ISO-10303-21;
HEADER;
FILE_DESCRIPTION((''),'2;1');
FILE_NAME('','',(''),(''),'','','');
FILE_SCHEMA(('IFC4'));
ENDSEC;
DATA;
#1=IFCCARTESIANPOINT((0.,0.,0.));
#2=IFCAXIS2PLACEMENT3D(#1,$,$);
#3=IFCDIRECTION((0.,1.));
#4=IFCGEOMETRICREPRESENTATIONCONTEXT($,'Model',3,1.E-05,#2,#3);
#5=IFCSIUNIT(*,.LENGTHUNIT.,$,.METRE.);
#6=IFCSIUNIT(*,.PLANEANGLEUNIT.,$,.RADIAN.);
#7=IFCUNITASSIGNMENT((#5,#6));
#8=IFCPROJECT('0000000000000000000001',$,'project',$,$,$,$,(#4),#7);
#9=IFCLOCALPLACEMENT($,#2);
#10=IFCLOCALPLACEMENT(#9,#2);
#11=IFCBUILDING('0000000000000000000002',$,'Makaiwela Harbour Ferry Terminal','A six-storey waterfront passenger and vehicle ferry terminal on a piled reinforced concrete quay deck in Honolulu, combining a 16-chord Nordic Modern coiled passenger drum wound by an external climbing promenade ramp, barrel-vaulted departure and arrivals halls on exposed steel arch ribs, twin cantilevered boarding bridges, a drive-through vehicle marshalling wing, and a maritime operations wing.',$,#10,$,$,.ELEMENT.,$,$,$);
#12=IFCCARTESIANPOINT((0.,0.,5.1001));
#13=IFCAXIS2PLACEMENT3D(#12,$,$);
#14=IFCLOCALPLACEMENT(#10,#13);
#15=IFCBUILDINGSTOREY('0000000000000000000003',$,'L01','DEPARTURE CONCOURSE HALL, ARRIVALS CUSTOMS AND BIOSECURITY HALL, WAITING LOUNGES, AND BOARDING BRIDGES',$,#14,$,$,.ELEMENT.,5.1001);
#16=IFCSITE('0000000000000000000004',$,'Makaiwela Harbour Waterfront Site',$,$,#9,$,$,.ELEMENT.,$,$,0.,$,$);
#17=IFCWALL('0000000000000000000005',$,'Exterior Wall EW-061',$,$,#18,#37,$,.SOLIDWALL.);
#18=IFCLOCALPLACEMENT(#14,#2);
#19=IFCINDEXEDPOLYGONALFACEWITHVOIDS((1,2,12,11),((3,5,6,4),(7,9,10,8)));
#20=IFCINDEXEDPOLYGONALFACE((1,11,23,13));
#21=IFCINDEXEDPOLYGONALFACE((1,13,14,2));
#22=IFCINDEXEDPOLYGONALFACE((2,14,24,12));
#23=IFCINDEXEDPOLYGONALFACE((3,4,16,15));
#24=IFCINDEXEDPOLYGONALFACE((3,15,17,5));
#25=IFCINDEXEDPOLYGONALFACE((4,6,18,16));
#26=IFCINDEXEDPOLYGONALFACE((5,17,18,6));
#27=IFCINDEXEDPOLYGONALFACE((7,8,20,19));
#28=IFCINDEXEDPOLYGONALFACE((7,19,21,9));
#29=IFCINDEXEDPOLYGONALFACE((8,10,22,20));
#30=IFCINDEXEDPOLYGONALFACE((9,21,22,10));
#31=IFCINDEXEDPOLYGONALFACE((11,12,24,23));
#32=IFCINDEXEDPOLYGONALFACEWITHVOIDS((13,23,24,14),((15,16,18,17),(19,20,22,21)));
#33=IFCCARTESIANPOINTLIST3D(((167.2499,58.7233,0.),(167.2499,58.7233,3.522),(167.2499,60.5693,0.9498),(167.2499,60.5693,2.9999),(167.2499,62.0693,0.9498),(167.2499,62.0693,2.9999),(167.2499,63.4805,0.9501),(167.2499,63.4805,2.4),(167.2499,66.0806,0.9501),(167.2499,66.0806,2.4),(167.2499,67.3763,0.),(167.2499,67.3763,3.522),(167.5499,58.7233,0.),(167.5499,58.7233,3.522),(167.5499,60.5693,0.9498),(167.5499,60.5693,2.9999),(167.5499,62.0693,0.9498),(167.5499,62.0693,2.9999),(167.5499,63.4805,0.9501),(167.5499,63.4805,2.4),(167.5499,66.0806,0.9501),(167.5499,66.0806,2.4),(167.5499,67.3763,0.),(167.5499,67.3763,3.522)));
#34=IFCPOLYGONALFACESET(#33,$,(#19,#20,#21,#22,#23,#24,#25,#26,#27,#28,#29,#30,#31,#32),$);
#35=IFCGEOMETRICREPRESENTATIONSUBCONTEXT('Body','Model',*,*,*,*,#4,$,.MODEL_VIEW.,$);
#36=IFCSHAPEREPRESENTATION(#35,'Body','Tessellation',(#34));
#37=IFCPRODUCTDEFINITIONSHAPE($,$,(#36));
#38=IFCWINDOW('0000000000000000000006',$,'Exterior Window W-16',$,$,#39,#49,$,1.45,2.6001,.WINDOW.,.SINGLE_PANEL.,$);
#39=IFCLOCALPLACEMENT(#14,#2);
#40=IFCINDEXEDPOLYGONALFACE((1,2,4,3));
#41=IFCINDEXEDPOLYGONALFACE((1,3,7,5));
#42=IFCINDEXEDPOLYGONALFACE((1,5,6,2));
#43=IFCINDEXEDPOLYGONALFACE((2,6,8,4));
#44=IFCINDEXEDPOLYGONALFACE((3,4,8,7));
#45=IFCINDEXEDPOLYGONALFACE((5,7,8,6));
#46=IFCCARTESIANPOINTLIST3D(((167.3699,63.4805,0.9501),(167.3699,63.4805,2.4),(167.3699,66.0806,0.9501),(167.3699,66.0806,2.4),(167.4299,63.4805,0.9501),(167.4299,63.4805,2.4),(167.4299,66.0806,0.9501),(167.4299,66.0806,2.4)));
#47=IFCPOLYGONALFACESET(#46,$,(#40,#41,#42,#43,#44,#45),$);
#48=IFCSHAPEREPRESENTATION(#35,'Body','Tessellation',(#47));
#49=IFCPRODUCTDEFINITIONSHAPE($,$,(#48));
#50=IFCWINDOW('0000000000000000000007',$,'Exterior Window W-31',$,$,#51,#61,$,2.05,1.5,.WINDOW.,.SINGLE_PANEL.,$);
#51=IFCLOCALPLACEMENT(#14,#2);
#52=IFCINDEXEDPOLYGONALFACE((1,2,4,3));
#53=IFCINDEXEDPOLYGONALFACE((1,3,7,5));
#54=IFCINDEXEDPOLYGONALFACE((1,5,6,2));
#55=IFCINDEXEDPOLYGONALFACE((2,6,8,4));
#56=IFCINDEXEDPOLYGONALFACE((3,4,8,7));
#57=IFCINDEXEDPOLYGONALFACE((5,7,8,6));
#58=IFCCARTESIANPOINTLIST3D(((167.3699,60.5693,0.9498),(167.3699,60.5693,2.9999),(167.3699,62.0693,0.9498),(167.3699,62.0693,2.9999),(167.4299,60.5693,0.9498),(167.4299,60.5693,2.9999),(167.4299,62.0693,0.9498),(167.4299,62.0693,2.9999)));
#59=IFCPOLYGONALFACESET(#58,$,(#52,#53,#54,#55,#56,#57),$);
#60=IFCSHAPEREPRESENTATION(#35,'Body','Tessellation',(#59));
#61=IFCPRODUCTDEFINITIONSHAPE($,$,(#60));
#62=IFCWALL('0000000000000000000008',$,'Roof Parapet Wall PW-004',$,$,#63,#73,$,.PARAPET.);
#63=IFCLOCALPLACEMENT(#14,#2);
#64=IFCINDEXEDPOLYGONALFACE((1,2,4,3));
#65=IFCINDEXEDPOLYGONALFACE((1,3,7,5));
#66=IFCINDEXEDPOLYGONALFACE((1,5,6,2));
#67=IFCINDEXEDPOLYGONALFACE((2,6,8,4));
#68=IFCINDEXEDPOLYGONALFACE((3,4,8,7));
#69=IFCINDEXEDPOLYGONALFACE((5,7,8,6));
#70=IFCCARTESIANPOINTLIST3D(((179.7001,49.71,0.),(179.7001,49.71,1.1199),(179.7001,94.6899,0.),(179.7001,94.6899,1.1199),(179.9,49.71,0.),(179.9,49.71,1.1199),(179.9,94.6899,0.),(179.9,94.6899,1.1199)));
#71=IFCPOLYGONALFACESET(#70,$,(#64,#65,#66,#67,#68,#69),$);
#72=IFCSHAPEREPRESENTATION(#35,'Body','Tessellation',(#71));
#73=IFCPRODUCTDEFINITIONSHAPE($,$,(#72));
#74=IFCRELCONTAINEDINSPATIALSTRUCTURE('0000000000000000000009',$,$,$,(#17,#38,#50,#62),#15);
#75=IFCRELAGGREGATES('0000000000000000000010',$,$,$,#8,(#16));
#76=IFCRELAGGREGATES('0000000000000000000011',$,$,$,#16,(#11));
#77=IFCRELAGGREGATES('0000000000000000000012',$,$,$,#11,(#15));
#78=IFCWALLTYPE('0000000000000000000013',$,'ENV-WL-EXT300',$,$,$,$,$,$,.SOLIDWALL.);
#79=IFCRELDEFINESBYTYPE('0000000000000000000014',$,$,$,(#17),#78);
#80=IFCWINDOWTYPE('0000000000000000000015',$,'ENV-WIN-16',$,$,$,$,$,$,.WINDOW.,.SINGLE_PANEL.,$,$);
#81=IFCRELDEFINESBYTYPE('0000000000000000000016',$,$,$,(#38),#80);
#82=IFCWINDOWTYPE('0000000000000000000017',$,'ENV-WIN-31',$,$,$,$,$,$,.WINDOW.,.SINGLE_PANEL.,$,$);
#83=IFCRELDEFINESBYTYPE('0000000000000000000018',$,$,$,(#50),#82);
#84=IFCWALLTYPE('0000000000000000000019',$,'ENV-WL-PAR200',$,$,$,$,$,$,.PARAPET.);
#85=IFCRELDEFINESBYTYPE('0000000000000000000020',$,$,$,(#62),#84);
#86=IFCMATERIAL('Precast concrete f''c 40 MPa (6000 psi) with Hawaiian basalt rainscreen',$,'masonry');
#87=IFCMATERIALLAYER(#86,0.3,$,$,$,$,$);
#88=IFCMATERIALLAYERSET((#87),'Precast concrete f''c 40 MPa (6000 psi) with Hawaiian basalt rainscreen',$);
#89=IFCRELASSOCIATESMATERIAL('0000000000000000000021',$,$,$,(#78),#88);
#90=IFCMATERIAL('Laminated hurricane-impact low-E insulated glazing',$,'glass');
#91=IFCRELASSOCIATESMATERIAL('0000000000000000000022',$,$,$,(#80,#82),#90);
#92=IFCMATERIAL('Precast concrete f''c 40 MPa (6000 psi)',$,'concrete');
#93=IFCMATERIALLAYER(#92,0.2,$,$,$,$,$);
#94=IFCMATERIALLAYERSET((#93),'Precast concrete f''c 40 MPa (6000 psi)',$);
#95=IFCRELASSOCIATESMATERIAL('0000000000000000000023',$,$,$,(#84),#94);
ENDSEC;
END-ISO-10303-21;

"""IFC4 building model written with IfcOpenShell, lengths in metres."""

from ifc_helpers import new_model, si_unit, direction, frame, frame_2d, origin, place, context, subcontext, project, spatial, rectangle, extrude, material, layer, layer_set, type_object, element, fill, save


model = new_model("IFC4")

# Units and contexts
model_context = context("Model", 3, precision=1e-05, world=origin(), true_north=direction((0.0, 1.0)))
body_context = subcontext(model_context, "Body", "Model", "MODEL_VIEW")
ifc_project = project(units=[si_unit("LENGTHUNIT", "METRE"), si_unit("PLANEANGLEUNIT", "RADIAN")], contexts=[model_context])

# Site, building, storey
site_placement = place(None, origin())
site = spatial("IfcSite", under=ifc_project, at=site_placement, Name="Makaiwela Harbour Waterfront Site", CompositionType="ELEMENT", RefElevation=0.0)
building_placement = place(site_placement, origin())
building = spatial("IfcBuilding", under=site, at=building_placement, Name="Makaiwela Harbour Ferry Terminal", Description="A six-storey waterfront passenger and vehicle ferry terminal on a piled reinforced concrete quay deck in Honolulu, combining a 16-chord Nordic Modern coiled passenger drum wound by an external climbing promenade ramp, barrel-vaulted departure and arrivals halls on exposed steel arch ribs, twin cantilevered boarding bridges, a drive-through vehicle marshalling wing, and a maritime operations wing.", CompositionType="ELEMENT")
storey_placement = place(building_placement, frame((0.0, 0.0, 5.1001)))
storey = spatial("IfcBuildingStorey", under=building, at=storey_placement, Name="L01", Description="DEPARTURE CONCOURSE HALL, ARRIVALS CUSTOMS AND BIOSECURITY HALL, WAITING LOUNGES, AND BOARDING BRIDGES", CompositionType="ELEMENT", Elevation=5.1001)

# Wall, openings, windows
ifc_material_1 = material(Name="Precast concrete f'c 40 MPa (6000 psi) with Hawaiian basalt rainscreen", Category="masonry")
ifc_layer_1 = layer(ifc_material_1, 0.3)
ifc_layer_set_1 = layer_set([ifc_layer_1], Name="Precast concrete f'c 40 MPa (6000 psi) with Hawaiian basalt rainscreen")
wall_type_1 = type_object("IfcWallType", Name="ENV-WL-EXT300", PredefinedType="SOLIDWALL", material=ifc_layer_set_1)
ifc_material_2 = material(Name="Laminated hurricane-impact low-E insulated glazing", Category="glass")
wall_1_placement = place(storey_placement, frame((167.3999, 67.3765, 0.0), z_axis=(0.0, 0.0, 1.0), x_axis=(0.0, -1.0, 0.0)))
wall_1 = element("IfcWall", 1, at=wall_1_placement, inside=storey, type_object=wall_type_1, Name="Exterior Wall EW-061", PredefinedType="SOLIDWALL", context=body_context, shape_type="SweptSolid", body=[
    extrude(rectangle(XDim=8.6531, YDim=0.3, at=frame_2d((4.3267, 0.0))), origin(), (0.0, 0.0, 1.0), 3.522),
])
opening_1_placement = place(wall_1_placement, frame((1.2959, 0.0, 0.95)))
opening_1 = element("IfcOpeningElement", 2, at=opening_1_placement, cuts=wall_1, PredefinedType="OPENING", context=body_context, shape_type="SweptSolid", body=[
    extrude(rectangle(XDim=2.6001, YDim=1.45, at=frame_2d((1.3, 0.7251))), frame((0.0, 0.1599, 0.0), z_axis=(0.0, -1.0, 0.0), x_axis=(1.0, 0.0, 0.0)), (0.0, 0.0, 1.0), 0.3201),
])
opening_2_placement = place(wall_1_placement, frame((5.3071, 0.0, 0.95)))
opening_2 = element("IfcOpeningElement", 3, at=opening_2_placement, cuts=wall_1, PredefinedType="OPENING", context=body_context, shape_type="SweptSolid", body=[
    extrude(rectangle(XDim=1.5, YDim=2.05, at=frame_2d((0.75, 1.0249))), frame((0.0, 0.1599, 0.0), z_axis=(0.0, -1.0, 0.0), x_axis=(1.0, 0.0, 0.0)), (0.0, 0.0, 1.0), 0.3201),
])
window_type_1 = type_object("IfcWindowType", Name="ENV-WIN-16", PartitioningType="SINGLE_PANEL", PredefinedType="WINDOW", material=ifc_material_2)
window_1_placement = place(opening_1_placement, origin())
window_1 = element("IfcWindow", 4, at=window_1_placement, inside=storey, type_object=window_type_1, Name="Exterior Window W-16", OverallHeight=1.45, OverallWidth=2.6001, PartitioningType="SINGLE_PANEL", PredefinedType="WINDOW", context=body_context, shape_type="SweptSolid", body=[
    extrude(rectangle(XDim=2.6001, YDim=1.45, at=frame_2d((1.3, 0.7251))), frame((0.0, 0.03, 0.0), z_axis=(0.0, -1.0, 0.0), x_axis=(1.0, 0.0, 0.0)), (0.0, 0.0, 1.0), 0.0601),
])
fill(opening_1, window_1)
window_type_2 = type_object("IfcWindowType", Name="ENV-WIN-31", PartitioningType="SINGLE_PANEL", PredefinedType="WINDOW", material=ifc_material_2)
window_2_placement = place(opening_2_placement, origin())
window_2 = element("IfcWindow", 5, at=window_2_placement, inside=storey, type_object=window_type_2, Name="Exterior Window W-31", OverallHeight=2.05, OverallWidth=1.5, PartitioningType="SINGLE_PANEL", PredefinedType="WINDOW", context=body_context, shape_type="SweptSolid", body=[
    extrude(rectangle(XDim=1.5, YDim=2.05, at=frame_2d((0.75, 1.0249))), frame((0.0, 0.03, 0.0), z_axis=(0.0, -1.0, 0.0), x_axis=(1.0, 0.0, 0.0)), (0.0, 0.0, 1.0), 0.0601),
])
fill(opening_2, window_2)

# Wall
ifc_material_3 = material(Name="Precast concrete f'c 40 MPa (6000 psi)", Category="concrete")
ifc_layer_2 = layer(ifc_material_3, 0.2)
ifc_layer_set_2 = layer_set([ifc_layer_2], Name="Precast concrete f'c 40 MPa (6000 psi)")
wall_type_2 = type_object("IfcWallType", Name="ENV-WL-PAR200", PredefinedType="PARAPET", material=ifc_layer_set_2)
wall_2_placement = place(storey_placement, frame((179.8, 49.71, 0.0), z_axis=(0.0, 0.0, 1.0), x_axis=(0.0, 1.0, 0.0)))
element("IfcWall", 6, at=wall_2_placement, inside=storey, type_object=wall_type_2, Name="Roof Parapet Wall PW-004", PredefinedType="PARAPET", context=body_context, shape_type="SweptSolid", body=[
    extrude(rectangle(XDim=44.98, YDim=0.2, at=frame_2d((22.49, 0.0))), origin(), (0.0, 0.0, 1.0), 1.1199),
])

save(model, "model.ifc")
